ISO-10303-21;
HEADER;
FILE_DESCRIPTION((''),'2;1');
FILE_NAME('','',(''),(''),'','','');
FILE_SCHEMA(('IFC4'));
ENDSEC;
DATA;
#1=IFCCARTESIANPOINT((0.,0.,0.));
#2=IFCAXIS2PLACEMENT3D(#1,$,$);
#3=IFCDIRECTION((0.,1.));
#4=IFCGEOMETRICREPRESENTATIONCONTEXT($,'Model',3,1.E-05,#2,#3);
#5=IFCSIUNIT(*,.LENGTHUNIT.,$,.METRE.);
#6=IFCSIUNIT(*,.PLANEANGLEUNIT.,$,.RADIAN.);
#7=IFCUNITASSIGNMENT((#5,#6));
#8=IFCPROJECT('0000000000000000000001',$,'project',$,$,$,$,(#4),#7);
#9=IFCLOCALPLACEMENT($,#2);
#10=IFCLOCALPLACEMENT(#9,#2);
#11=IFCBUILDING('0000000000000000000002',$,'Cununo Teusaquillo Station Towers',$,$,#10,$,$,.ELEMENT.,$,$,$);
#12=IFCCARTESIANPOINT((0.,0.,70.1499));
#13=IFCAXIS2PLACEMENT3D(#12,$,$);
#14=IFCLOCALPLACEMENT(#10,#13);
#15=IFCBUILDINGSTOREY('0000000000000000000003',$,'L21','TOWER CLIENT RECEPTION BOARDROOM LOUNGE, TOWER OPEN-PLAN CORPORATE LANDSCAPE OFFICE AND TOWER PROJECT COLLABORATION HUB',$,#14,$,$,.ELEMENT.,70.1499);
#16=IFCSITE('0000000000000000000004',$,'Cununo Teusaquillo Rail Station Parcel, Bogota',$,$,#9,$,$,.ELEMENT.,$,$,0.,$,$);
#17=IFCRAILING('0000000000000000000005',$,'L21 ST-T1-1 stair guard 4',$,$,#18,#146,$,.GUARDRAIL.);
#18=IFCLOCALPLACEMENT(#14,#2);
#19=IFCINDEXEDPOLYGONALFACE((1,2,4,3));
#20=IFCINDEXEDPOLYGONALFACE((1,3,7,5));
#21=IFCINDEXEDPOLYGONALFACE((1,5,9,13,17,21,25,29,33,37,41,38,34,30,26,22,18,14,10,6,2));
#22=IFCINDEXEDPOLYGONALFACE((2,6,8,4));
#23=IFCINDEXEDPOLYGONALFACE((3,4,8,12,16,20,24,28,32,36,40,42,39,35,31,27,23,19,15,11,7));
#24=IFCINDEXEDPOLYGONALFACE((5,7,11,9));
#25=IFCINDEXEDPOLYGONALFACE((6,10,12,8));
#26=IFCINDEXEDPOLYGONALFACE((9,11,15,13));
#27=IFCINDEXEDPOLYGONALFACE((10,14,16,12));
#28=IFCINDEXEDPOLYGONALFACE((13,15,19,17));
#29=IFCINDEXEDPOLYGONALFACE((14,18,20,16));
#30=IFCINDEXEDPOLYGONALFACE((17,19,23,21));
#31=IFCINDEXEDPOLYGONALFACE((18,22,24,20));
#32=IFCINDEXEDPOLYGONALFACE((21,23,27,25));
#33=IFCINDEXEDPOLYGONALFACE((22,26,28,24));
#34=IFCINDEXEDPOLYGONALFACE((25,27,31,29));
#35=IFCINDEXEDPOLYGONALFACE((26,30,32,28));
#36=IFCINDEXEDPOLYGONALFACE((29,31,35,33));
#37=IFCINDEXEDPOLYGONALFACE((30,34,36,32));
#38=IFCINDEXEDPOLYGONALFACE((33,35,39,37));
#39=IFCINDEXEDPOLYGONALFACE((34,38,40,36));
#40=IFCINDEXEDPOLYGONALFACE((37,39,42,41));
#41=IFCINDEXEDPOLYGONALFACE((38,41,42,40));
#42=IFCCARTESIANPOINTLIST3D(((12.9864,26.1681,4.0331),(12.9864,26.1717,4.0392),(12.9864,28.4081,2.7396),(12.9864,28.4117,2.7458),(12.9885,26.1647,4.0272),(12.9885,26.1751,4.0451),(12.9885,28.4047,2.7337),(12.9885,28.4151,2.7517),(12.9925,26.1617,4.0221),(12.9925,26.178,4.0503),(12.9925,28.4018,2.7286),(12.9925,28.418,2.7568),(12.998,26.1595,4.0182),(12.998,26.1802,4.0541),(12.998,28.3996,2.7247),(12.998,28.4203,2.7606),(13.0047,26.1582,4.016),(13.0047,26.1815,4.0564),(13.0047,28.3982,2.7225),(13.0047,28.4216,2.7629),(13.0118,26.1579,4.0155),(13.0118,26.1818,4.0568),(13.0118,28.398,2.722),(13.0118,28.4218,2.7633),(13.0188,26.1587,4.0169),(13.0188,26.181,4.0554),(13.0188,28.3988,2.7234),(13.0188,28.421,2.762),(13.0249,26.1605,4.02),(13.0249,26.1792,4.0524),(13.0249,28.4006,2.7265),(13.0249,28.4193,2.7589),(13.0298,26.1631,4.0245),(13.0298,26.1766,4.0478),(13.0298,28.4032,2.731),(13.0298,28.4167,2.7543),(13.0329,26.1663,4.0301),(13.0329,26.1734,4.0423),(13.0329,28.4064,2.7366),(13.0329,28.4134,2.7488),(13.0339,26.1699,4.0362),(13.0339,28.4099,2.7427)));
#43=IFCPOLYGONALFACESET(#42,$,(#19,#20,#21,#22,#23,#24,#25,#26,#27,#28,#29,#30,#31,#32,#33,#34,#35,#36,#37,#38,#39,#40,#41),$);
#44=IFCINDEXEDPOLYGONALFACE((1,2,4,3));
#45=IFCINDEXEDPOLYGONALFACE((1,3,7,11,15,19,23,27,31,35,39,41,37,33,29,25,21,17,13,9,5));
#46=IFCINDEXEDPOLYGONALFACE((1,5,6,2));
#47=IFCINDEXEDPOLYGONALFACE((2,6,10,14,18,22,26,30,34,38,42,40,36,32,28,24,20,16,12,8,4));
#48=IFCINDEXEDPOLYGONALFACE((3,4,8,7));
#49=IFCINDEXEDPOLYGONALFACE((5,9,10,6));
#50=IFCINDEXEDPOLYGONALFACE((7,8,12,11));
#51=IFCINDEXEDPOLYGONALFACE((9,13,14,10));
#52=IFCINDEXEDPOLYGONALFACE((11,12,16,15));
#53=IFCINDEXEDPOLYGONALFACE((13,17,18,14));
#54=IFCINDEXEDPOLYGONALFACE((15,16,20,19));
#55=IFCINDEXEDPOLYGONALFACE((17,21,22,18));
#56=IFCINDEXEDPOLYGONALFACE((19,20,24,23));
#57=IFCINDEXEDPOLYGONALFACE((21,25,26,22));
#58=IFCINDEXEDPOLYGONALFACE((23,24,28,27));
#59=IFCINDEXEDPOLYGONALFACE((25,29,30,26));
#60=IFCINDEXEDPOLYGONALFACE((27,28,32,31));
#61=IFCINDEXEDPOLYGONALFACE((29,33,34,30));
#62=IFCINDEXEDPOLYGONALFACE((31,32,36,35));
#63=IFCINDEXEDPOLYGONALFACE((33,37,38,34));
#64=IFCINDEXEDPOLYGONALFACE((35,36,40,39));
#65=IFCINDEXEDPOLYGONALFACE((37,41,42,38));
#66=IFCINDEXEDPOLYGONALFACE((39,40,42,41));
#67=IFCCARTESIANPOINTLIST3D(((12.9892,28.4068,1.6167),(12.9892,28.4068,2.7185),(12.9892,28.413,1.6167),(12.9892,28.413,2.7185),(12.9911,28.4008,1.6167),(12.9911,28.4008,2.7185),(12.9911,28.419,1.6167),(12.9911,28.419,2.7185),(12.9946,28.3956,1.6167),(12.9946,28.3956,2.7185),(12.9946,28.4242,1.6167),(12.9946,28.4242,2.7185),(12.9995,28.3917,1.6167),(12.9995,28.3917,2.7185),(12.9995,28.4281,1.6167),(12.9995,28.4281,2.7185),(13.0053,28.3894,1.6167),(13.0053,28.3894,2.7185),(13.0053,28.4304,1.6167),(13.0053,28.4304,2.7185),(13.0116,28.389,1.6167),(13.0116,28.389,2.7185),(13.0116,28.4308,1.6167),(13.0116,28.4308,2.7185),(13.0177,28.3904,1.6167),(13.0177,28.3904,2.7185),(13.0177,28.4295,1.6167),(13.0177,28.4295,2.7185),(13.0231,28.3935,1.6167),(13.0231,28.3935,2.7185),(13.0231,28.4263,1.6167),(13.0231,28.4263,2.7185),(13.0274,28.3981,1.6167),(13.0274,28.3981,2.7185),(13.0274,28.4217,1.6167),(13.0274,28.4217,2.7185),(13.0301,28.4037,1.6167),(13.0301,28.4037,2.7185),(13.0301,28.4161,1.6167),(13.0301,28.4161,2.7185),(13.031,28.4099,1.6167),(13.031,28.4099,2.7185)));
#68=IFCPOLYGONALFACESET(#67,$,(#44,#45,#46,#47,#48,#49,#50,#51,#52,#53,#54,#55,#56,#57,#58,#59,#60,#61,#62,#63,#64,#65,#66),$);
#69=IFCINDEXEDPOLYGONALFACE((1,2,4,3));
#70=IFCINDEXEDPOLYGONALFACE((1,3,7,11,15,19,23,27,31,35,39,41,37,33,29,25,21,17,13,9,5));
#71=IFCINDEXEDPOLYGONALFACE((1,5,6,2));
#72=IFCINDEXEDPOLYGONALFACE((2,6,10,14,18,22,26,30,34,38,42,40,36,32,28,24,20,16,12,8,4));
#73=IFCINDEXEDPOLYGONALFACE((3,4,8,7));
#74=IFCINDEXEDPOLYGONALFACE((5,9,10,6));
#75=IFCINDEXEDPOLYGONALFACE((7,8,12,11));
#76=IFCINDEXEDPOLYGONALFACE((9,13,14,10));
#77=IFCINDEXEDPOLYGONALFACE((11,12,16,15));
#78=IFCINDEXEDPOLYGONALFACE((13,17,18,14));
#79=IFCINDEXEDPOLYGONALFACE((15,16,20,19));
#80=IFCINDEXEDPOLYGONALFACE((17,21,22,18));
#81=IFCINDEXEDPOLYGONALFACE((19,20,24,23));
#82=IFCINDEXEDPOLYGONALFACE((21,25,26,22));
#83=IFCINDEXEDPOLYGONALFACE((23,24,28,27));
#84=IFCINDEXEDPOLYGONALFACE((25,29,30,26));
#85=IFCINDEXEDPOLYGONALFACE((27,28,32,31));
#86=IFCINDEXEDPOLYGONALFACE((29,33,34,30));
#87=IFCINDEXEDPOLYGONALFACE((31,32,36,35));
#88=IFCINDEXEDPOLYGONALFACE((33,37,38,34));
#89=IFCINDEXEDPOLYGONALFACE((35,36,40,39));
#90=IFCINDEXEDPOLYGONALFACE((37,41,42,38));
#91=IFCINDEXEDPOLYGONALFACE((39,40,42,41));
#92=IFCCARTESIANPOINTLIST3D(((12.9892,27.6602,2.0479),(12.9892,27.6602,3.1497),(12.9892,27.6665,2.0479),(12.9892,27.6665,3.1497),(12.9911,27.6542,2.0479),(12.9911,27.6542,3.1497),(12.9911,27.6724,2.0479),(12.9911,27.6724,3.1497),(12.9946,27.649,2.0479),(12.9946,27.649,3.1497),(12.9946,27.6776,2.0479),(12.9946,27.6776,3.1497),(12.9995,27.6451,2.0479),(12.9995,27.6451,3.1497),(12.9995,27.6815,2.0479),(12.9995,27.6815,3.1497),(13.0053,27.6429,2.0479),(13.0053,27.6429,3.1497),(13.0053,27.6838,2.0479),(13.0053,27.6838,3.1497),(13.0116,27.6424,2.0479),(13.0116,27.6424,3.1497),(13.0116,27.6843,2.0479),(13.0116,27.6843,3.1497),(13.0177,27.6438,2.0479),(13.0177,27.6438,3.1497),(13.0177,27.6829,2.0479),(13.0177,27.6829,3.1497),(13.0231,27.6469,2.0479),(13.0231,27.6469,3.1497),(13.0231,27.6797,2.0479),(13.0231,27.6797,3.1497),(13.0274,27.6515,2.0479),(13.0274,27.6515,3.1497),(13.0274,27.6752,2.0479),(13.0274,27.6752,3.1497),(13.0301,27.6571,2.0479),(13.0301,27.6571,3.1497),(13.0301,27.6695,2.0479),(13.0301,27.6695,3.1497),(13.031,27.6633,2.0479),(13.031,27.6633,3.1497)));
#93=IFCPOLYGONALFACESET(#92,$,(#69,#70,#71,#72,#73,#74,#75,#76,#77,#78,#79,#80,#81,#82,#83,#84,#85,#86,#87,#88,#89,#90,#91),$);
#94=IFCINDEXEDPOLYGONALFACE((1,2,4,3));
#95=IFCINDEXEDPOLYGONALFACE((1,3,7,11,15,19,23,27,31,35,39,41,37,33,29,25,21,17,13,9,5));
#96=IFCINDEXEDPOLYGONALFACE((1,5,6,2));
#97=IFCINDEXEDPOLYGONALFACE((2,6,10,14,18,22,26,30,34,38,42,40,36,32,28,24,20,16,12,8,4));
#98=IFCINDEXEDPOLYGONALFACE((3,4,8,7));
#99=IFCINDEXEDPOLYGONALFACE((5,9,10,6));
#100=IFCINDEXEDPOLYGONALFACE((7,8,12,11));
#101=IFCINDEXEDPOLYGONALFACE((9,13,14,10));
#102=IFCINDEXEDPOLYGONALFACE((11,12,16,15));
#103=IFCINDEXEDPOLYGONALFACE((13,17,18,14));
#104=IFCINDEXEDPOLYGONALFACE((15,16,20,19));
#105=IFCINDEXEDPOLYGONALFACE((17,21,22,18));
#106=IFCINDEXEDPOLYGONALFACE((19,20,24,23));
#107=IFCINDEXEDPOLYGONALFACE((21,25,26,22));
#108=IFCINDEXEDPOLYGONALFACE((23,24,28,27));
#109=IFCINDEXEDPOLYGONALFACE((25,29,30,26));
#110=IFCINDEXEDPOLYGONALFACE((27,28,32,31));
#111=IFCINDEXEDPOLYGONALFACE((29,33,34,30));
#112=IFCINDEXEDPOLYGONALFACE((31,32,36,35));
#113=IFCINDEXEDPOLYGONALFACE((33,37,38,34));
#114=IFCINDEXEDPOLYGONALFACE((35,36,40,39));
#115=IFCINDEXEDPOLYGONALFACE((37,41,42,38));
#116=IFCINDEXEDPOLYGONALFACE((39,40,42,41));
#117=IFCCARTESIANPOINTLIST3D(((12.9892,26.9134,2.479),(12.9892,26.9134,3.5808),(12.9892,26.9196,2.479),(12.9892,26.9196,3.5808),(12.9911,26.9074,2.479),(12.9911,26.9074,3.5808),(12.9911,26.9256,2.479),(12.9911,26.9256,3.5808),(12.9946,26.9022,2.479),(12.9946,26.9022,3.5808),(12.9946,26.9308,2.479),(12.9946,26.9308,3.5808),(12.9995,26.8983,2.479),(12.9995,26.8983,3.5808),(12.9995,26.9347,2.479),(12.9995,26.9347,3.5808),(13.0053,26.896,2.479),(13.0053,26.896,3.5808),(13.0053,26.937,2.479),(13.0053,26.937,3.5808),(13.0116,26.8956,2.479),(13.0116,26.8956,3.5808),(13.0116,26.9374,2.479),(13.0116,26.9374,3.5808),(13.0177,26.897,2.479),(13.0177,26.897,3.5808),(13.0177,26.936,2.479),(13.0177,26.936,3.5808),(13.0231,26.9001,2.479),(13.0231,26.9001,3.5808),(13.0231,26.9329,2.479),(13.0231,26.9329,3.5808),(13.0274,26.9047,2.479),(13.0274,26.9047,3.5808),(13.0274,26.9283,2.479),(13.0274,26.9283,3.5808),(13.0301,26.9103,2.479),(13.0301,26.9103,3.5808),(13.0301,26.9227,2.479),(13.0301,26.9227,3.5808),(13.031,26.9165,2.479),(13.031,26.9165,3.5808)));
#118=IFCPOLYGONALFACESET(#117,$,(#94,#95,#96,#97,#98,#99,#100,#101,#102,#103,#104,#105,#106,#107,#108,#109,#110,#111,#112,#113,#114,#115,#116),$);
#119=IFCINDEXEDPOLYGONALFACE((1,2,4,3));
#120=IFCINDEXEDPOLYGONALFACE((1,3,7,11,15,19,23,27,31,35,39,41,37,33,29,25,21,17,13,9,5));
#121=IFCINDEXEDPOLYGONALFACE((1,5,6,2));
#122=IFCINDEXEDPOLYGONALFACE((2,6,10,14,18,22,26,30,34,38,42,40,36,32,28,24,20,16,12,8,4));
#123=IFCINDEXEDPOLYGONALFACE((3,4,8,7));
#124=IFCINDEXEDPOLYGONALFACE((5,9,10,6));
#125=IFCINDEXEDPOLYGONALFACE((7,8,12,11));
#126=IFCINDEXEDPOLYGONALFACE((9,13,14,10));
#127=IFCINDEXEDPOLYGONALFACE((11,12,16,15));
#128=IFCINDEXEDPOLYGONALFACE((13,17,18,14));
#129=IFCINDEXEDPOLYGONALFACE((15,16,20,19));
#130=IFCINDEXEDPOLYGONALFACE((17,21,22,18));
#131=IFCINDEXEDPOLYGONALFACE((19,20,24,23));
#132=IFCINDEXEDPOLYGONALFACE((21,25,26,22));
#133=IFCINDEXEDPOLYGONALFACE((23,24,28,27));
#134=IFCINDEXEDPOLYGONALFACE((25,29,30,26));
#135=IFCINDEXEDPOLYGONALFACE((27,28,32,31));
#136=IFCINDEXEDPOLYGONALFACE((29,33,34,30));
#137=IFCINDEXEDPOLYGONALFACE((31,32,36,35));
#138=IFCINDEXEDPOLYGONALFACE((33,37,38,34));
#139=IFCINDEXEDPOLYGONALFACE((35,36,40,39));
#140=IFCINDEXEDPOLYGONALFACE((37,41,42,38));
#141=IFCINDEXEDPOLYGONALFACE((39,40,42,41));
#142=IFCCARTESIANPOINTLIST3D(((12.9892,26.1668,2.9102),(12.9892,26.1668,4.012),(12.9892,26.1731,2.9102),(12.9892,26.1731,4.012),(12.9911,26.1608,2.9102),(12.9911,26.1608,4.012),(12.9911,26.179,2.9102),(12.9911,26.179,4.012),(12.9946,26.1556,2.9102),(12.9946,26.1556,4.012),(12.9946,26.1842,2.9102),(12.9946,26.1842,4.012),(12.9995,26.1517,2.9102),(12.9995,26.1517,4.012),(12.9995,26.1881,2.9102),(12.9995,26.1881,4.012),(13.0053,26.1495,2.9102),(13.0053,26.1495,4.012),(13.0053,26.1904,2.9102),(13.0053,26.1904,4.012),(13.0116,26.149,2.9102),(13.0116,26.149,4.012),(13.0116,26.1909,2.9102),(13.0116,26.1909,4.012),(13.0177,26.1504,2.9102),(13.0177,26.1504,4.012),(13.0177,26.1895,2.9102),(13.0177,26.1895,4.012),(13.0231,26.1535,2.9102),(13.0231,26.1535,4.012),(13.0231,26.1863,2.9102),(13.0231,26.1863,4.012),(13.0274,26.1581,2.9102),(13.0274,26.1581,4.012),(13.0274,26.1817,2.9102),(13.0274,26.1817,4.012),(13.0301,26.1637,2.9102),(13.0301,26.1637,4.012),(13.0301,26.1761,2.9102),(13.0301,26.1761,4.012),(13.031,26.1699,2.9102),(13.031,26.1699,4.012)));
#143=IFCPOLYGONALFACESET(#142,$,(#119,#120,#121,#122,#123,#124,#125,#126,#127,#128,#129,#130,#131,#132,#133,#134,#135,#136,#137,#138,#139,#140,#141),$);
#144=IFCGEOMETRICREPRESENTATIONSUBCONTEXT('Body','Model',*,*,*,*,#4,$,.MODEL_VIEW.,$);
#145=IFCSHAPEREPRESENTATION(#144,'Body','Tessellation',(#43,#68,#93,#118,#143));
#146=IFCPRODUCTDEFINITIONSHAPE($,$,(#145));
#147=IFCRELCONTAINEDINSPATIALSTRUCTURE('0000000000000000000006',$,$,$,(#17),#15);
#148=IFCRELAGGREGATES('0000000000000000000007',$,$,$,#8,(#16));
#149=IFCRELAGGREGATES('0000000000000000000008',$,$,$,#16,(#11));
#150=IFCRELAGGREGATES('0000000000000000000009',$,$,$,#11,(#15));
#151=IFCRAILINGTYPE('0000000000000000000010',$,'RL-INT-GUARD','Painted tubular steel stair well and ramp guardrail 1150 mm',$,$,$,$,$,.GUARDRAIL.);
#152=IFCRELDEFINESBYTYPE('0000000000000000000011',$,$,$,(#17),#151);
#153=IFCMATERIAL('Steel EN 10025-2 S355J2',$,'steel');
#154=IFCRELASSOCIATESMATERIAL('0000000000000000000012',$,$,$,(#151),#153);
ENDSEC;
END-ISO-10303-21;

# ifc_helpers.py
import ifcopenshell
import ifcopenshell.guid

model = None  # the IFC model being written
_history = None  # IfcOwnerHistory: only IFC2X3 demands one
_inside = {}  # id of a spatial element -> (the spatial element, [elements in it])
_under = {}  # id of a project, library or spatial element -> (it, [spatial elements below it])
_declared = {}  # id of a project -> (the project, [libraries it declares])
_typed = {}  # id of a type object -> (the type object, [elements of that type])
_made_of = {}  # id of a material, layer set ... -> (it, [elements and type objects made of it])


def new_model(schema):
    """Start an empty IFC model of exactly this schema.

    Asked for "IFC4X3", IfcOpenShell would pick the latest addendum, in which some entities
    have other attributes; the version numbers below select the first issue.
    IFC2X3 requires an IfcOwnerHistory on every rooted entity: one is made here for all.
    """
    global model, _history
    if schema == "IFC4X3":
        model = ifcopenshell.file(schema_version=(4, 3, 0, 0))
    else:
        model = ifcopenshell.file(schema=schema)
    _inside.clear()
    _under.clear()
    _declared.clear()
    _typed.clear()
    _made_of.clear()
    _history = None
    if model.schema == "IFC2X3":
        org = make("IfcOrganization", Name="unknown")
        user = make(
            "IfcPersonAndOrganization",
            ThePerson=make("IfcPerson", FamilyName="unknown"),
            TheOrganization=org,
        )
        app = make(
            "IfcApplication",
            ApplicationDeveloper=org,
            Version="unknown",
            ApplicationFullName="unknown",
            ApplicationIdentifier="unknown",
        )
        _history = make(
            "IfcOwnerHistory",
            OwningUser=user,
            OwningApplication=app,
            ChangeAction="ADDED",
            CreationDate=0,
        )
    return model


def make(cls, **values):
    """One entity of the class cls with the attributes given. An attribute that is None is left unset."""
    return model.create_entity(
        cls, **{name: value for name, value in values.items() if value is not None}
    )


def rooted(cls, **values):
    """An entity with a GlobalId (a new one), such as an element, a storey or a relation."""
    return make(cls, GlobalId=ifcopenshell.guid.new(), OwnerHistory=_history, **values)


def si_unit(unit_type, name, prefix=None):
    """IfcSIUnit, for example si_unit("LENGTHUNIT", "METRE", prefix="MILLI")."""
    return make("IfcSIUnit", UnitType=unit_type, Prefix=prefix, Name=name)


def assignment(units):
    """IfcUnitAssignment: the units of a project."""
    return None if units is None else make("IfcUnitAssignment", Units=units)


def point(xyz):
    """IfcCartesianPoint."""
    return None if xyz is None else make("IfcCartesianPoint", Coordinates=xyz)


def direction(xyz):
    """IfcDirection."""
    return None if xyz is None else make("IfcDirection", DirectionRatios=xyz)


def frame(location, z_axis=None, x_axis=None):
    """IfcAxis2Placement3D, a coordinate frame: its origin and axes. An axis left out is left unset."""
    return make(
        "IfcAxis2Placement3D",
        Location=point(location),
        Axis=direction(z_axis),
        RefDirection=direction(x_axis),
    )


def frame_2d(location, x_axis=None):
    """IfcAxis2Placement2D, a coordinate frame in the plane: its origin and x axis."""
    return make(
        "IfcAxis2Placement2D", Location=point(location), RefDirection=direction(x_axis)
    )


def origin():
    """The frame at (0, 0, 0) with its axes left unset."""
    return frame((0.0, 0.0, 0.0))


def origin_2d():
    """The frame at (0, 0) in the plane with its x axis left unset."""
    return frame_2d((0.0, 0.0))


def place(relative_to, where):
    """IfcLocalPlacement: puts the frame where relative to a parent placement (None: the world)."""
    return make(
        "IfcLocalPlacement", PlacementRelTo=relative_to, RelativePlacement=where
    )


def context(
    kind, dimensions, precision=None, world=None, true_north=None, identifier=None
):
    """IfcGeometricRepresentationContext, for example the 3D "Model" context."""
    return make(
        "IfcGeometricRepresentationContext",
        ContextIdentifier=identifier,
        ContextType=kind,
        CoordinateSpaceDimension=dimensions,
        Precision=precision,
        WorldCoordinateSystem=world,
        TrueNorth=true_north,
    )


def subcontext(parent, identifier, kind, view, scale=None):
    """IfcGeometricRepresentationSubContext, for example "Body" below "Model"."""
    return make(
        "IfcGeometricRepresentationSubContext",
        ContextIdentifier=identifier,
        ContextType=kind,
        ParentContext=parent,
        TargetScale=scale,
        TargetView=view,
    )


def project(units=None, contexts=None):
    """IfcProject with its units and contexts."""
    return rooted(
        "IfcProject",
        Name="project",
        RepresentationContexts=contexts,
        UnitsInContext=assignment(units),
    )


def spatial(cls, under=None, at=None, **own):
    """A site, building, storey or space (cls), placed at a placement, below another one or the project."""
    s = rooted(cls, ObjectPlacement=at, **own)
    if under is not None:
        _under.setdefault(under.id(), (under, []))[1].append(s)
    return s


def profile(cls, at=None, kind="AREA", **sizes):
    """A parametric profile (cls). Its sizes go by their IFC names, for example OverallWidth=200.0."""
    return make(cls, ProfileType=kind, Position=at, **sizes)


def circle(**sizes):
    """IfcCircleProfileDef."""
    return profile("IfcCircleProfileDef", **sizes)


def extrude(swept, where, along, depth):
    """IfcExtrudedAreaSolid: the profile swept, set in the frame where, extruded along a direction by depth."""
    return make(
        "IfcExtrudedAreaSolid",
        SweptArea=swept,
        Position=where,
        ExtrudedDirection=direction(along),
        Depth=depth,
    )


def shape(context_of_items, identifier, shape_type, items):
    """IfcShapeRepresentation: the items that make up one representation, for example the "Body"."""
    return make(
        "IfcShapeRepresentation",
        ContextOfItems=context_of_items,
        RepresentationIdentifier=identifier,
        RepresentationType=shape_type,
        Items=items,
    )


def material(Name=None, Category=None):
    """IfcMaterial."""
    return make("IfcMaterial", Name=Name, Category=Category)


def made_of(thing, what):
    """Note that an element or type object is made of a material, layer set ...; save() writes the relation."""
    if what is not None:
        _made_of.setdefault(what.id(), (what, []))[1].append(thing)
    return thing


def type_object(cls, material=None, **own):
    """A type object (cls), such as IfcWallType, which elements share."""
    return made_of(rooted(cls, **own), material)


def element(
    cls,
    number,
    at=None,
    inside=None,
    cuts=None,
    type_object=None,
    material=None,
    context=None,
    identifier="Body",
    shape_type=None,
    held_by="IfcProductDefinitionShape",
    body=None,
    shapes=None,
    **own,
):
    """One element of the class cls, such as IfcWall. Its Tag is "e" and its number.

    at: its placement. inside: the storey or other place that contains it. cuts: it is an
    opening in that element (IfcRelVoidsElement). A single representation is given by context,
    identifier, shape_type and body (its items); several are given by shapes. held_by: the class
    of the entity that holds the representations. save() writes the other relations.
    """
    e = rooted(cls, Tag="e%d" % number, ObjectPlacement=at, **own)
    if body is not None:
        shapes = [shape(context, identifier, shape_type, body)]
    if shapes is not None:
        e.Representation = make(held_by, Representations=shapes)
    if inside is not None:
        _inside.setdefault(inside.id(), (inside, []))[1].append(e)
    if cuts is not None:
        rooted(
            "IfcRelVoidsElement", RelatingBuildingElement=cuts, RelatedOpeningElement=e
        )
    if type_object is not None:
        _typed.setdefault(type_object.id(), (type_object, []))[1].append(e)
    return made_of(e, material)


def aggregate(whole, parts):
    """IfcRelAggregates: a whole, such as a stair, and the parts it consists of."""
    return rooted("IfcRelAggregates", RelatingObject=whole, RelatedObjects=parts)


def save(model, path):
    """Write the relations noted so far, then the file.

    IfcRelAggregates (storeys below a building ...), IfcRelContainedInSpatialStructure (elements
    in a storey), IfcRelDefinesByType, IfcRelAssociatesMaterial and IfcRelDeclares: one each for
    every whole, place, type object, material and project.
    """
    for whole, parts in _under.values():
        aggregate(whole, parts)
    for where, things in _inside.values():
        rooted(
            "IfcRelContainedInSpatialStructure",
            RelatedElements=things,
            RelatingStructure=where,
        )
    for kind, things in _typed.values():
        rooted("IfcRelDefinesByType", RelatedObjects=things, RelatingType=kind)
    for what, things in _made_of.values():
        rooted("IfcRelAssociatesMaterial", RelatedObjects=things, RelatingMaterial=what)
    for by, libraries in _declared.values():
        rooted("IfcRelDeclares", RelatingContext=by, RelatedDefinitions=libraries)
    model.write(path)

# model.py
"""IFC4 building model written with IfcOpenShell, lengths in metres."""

from ifc_helpers import new_model, si_unit, direction, frame, origin, origin_2d, place, context, subcontext, project, spatial, circle, extrude, material, type_object, element, save


model = new_model("IFC4")

# Units and contexts
model_context = context("Model", 3, precision=1e-05, world=origin(), true_north=direction((0.0, 1.0)))
body_context = subcontext(model_context, "Body", "Model", "MODEL_VIEW")
ifc_project = project(units=[si_unit("LENGTHUNIT", "METRE"), si_unit("PLANEANGLEUNIT", "RADIAN")], contexts=[model_context])

# Site, building, storey
site_placement = place(None, origin())
site = spatial("IfcSite", under=ifc_project, at=site_placement, Name="Cununo Teusaquillo Rail Station Parcel, Bogota", CompositionType="ELEMENT", RefElevation=0.0)
building_placement = place(site_placement, origin())
building = spatial("IfcBuilding", under=site, at=building_placement, Name="Cununo Teusaquillo Station Towers", CompositionType="ELEMENT")
storey_placement = place(building_placement, frame((0.0, 0.0, 70.1499)))
storey = spatial("IfcBuildingStorey", under=building, at=storey_placement, Name="L21", Description="TOWER CLIENT RECEPTION BOARDROOM LOUNGE, TOWER OPEN-PLAN CORPORATE LANDSCAPE OFFICE AND TOWER PROJECT COLLABORATION HUB", CompositionType="ELEMENT", Elevation=70.1499)

# Railing
ifc_material_1 = material(Name="Steel EN 10025-2 S355J2", Category="steel")
railing_type_1 = type_object("IfcRailingType", Name="RL-INT-GUARD", Description="Painted tubular steel stair well and ramp guardrail 1150 mm", PredefinedType="GUARDRAIL", material=ifc_material_1)
railing_1_placement = place(storey_placement, frame((13.01, 28.4099, 1.6167)))
element("IfcRailing", 1, at=railing_1_placement, inside=storey, type_object=railing_type_1, Name="L21 ST-T1-1 stair guard 4", PredefinedType="GUARDRAIL", context=body_context, shape_type="SweptSolid", body=[
    extrude(circle(Radius=0.0239, at=origin_2d()), frame((0.0, 0.0, 1.126), z_axis=(0.0, -0.865992, 0.500057), x_axis=(1.0, 0.0, 0.0)), (0.0, 0.0, 1.0), 2.5867),
    extrude(circle(Radius=0.021, at=origin_2d()), origin(), (0.0, 0.0, 1.0), 1.1018),
    extrude(circle(Radius=0.021, at=origin_2d()), frame((0.0, -0.7466, 0.4312)), (0.0, 0.0, 1.0), 1.1018),
    extrude(circle(Radius=0.021, at=origin_2d()), frame((0.0, -1.4934, 0.8623)), (0.0, 0.0, 1.0), 1.1018),
    extrude(circle(Radius=0.021, at=origin_2d()), frame((0.0, -2.24, 1.2935)), (0.0, 0.0, 1.0), 1.1018),
])

save(model, "model.ifc")
